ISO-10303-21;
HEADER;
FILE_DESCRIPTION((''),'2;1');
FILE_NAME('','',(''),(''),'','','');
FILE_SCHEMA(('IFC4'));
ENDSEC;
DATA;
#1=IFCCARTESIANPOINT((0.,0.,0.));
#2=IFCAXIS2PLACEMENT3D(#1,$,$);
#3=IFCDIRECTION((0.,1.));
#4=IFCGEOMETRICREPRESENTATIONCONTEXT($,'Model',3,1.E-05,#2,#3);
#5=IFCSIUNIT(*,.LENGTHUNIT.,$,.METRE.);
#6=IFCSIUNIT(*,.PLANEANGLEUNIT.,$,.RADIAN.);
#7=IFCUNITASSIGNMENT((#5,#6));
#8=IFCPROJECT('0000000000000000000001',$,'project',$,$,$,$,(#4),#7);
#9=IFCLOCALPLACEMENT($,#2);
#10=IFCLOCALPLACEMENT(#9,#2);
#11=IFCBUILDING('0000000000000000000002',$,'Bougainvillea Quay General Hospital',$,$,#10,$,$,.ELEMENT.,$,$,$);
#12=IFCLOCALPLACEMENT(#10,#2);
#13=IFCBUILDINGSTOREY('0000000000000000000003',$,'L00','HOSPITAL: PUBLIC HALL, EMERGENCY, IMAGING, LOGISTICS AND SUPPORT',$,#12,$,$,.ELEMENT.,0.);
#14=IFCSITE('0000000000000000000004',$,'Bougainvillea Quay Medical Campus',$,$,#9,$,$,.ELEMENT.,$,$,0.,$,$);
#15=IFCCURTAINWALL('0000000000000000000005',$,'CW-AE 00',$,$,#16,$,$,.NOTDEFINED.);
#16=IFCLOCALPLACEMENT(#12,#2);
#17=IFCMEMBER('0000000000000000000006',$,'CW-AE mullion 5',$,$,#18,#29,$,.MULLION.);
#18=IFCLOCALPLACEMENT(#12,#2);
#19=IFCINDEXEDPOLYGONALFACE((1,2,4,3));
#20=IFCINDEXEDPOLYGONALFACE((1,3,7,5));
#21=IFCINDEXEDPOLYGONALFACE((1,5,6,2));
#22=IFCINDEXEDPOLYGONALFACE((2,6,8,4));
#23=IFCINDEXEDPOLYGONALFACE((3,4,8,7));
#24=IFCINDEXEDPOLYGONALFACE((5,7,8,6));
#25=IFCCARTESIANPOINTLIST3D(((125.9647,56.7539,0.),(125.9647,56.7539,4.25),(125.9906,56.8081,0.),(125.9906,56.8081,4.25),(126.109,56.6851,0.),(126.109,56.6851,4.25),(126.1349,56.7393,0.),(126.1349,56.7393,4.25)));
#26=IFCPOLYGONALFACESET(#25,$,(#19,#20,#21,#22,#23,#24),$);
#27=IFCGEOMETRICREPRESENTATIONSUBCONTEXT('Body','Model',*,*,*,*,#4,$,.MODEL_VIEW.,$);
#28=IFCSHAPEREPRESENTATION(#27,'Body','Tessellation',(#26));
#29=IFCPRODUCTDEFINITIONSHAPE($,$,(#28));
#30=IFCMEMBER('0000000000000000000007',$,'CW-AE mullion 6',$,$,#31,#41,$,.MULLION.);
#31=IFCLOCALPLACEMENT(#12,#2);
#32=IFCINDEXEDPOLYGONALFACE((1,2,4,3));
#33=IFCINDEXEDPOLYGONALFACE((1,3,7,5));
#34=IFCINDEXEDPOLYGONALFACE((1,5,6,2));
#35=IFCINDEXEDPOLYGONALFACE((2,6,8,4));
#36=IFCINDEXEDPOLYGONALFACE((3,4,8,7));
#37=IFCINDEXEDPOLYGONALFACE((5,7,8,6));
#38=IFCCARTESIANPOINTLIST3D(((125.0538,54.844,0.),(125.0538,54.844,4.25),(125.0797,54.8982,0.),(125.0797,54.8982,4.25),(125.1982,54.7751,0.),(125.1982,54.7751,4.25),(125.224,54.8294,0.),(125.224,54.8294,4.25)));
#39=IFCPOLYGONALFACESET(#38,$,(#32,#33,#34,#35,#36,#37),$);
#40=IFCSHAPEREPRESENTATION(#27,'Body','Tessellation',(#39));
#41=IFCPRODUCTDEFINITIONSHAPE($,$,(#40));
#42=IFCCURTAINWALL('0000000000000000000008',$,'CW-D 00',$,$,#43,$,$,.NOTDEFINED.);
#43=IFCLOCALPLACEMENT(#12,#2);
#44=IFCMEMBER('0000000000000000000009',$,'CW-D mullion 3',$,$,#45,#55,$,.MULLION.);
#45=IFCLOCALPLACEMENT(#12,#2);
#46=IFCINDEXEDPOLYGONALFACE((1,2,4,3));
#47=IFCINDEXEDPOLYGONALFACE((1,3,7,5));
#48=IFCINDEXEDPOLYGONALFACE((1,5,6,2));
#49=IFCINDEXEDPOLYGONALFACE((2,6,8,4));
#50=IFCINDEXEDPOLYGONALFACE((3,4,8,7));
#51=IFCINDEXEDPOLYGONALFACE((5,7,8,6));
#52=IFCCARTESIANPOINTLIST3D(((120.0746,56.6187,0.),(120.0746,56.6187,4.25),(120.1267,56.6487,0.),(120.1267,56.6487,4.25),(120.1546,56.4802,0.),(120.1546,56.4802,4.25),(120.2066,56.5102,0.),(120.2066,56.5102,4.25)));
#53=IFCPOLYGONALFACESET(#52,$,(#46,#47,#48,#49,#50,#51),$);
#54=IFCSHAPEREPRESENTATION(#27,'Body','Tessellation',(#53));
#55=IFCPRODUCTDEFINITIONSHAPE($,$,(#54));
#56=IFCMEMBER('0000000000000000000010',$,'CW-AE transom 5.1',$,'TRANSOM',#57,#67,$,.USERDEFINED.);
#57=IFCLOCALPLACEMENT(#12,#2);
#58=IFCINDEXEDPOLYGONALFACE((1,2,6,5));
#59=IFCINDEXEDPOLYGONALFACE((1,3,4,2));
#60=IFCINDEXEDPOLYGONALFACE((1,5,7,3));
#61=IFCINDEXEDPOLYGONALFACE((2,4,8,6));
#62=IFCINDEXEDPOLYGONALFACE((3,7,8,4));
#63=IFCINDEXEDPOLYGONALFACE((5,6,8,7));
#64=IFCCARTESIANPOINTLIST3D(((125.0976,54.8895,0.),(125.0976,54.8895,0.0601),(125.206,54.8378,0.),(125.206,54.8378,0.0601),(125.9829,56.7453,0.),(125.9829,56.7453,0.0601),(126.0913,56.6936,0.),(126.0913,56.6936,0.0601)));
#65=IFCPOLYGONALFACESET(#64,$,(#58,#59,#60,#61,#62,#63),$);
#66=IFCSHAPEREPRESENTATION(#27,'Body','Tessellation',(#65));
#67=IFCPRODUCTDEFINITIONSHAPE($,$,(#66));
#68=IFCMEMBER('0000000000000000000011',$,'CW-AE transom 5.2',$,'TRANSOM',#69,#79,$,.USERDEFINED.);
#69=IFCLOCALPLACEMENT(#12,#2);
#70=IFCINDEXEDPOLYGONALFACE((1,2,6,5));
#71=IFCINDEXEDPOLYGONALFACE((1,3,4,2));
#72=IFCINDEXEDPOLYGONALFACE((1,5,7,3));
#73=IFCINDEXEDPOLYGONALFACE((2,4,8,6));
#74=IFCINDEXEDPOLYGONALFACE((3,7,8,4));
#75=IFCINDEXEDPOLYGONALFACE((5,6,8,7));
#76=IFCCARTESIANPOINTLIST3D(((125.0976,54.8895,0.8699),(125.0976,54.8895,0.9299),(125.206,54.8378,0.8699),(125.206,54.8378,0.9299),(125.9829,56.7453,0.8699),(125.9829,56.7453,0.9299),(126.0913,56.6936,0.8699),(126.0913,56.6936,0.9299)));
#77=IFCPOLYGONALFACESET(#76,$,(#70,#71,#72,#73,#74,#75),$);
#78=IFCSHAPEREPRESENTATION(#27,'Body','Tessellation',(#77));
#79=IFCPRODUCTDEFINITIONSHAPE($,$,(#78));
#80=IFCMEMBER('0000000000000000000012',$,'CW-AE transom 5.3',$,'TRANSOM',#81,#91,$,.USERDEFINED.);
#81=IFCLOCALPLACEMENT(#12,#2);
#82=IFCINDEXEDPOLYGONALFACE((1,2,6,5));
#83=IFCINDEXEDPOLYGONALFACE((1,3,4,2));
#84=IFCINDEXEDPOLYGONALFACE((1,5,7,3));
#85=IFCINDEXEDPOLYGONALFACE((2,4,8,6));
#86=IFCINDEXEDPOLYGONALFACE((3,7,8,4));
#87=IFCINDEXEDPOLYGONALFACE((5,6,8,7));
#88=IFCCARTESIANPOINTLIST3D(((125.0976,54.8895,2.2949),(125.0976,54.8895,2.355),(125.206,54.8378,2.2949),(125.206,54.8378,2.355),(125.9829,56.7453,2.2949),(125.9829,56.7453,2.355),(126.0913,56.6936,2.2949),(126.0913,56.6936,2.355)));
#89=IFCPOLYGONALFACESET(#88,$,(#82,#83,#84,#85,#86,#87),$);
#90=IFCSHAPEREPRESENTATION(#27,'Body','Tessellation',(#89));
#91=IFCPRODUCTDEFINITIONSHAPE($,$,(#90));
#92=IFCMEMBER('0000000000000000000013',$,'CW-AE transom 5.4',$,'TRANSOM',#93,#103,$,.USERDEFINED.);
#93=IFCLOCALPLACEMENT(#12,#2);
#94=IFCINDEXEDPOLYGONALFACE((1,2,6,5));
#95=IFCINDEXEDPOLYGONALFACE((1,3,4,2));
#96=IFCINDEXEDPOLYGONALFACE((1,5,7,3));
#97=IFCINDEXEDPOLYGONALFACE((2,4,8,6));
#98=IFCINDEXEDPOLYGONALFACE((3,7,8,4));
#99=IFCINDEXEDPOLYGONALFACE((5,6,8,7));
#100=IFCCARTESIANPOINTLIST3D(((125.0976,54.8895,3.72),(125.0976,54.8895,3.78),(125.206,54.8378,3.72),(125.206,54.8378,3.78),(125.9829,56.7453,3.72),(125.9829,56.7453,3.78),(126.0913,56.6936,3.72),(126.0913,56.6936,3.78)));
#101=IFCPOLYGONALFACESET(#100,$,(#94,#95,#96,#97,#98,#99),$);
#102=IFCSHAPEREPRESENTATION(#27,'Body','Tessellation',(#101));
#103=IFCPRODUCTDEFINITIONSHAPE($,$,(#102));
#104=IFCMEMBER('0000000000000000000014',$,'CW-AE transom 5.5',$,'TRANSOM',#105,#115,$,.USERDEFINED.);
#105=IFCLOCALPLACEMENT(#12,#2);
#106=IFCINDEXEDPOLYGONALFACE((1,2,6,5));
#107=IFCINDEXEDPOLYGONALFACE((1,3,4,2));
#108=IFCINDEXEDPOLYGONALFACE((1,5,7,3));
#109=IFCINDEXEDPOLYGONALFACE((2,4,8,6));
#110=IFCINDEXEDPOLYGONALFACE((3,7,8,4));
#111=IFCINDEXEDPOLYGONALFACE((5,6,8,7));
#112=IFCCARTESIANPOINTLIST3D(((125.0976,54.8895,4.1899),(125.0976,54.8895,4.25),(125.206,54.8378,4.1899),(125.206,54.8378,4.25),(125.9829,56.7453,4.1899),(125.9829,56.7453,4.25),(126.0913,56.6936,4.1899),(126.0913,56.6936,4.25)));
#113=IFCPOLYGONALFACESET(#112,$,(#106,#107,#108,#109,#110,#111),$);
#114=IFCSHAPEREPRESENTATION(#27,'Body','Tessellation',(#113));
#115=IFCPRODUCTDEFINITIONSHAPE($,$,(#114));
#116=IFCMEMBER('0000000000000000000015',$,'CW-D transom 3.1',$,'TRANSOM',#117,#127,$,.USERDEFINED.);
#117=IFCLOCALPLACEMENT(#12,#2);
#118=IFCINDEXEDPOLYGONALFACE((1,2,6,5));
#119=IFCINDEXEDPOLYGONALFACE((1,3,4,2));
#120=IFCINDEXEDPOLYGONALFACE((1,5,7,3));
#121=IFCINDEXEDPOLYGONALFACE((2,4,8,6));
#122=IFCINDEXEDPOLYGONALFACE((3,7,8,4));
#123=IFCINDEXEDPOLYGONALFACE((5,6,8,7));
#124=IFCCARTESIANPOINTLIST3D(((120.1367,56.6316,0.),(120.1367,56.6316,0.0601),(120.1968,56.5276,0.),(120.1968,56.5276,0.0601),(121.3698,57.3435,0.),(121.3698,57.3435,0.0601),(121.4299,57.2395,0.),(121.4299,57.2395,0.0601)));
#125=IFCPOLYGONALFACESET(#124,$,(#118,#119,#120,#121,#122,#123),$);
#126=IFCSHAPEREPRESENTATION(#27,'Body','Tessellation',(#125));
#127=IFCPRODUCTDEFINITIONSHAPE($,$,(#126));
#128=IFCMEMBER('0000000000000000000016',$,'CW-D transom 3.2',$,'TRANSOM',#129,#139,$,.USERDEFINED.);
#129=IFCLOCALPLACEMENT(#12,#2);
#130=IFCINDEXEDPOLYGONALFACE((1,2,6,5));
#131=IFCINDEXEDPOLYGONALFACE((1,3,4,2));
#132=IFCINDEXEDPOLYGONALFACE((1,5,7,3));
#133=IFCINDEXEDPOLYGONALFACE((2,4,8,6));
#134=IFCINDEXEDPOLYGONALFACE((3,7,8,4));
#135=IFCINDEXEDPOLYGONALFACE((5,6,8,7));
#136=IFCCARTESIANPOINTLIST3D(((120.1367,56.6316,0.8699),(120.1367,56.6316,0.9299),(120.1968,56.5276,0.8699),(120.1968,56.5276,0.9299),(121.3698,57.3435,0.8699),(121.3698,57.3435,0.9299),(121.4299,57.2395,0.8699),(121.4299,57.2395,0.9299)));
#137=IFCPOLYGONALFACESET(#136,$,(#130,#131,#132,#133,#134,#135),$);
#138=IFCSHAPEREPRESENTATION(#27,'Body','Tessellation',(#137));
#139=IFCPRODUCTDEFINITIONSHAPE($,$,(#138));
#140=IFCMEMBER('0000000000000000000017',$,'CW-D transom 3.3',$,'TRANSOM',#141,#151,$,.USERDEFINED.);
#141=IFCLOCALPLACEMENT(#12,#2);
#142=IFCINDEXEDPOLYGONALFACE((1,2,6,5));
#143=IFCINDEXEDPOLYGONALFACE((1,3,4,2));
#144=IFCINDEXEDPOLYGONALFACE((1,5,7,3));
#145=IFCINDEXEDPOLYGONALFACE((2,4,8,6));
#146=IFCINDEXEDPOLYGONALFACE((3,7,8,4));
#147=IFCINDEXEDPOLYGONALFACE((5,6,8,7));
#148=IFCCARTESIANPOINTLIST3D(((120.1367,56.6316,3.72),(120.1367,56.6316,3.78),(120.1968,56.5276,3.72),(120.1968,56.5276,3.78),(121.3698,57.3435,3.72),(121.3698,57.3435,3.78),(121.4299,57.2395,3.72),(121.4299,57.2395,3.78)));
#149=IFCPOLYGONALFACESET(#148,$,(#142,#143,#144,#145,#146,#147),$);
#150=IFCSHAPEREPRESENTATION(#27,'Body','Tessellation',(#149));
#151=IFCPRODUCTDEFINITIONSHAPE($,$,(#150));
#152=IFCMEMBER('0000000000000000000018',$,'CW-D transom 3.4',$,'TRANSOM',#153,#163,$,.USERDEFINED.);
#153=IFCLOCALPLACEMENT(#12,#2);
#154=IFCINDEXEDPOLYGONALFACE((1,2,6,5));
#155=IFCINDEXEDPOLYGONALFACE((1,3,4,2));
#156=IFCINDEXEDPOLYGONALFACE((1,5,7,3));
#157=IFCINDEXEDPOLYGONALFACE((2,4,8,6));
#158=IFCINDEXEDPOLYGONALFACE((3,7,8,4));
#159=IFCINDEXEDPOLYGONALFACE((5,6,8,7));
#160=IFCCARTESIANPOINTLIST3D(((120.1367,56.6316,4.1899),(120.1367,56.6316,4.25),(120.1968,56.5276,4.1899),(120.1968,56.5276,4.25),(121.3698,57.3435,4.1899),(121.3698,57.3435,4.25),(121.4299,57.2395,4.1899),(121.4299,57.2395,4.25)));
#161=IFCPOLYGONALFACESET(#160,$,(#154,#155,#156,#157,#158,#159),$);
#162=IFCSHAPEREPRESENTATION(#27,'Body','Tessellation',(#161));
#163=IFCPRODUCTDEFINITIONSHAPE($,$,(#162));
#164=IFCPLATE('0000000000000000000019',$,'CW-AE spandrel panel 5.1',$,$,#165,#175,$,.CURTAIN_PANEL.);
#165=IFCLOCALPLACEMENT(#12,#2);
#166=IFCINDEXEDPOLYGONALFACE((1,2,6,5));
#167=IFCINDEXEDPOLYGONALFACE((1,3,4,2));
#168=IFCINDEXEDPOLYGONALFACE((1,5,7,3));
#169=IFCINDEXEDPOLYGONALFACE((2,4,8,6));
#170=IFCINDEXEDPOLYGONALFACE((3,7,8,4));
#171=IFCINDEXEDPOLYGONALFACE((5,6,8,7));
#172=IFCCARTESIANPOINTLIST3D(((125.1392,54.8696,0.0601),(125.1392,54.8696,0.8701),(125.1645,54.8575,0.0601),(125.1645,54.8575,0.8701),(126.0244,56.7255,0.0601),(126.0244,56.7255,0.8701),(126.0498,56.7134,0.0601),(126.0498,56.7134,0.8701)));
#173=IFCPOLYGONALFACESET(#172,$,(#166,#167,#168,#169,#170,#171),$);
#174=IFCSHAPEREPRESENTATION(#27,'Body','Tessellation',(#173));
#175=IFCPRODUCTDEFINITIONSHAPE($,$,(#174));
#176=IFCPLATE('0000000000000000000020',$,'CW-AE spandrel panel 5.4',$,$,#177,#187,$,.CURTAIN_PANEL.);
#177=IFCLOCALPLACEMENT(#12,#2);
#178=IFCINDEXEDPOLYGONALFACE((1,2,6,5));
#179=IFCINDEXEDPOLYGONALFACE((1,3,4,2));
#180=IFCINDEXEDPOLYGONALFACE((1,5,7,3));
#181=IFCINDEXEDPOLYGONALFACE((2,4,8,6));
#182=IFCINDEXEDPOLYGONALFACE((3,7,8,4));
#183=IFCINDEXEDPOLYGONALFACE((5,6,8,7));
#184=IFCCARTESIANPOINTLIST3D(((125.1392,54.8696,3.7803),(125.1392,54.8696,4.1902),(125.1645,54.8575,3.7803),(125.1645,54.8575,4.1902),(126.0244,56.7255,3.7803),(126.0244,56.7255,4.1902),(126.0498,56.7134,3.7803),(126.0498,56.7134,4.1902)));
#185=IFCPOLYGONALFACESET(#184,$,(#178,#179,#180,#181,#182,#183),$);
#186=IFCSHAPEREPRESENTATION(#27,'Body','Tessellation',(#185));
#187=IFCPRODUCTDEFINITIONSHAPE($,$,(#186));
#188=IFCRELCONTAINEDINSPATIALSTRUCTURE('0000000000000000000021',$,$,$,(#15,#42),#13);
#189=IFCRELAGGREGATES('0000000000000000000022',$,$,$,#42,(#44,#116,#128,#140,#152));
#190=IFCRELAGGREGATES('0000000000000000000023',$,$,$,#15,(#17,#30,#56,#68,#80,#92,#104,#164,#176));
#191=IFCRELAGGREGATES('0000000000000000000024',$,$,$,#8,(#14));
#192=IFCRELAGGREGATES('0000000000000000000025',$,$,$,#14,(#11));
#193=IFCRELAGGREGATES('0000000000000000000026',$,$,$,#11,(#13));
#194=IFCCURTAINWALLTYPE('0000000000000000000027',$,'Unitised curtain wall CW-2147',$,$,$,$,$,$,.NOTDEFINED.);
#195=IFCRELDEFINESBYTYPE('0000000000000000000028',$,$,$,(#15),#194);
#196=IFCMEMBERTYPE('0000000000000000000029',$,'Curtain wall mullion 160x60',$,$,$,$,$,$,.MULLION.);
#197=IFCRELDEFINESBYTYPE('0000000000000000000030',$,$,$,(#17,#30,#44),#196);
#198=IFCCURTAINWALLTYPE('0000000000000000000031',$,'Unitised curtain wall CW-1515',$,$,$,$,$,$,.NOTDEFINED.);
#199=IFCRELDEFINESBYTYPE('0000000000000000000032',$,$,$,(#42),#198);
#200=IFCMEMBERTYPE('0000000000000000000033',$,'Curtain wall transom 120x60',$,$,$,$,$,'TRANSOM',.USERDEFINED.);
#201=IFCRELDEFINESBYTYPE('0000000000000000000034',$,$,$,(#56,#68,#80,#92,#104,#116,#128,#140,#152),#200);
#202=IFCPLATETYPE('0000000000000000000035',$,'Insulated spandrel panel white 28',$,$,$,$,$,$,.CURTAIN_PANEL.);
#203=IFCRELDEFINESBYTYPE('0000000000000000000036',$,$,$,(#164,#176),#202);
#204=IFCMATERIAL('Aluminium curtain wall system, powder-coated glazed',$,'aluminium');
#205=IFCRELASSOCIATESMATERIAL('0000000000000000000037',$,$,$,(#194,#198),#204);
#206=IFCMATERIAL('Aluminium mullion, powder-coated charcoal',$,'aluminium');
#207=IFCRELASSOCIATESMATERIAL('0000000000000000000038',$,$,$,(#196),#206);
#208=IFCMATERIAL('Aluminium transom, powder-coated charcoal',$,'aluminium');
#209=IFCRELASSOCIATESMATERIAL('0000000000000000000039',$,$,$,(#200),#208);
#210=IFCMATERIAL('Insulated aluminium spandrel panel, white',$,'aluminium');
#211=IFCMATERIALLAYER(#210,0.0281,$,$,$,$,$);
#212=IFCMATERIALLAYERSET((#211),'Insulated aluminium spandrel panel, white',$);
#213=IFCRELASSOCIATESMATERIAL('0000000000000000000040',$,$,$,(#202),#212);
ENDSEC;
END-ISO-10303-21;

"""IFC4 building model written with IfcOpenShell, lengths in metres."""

from ifc_helpers import new_model, si_unit, direction, frame, origin, origin_2d, place, context, subcontext, project, spatial, rectangle, extrude, material, layer, layer_set, material_profile, profile_set, type_object, element, aggregate, save


model = new_model("IFC4")

# Units and contexts
model_context = context("Model", 3, precision=1e-05, world=origin(), true_north=direction((0.0, 1.0)))
body_context = subcontext(model_context, "Body", "Model", "MODEL_VIEW")
ifc_project = project(units=[si_unit("LENGTHUNIT", "METRE"), si_unit("PLANEANGLEUNIT", "RADIAN")], contexts=[model_context])

# Site, building, storey
site_placement = place(None, origin())
site = spatial("IfcSite", under=ifc_project, at=site_placement, Name="Bougainvillea Quay Medical Campus", CompositionType="ELEMENT", RefElevation=0.0)
building_placement = place(site_placement, origin())
building = spatial("IfcBuilding", under=site, at=building_placement, Name="Bougainvillea Quay General Hospital", CompositionType="ELEMENT")
storey_placement = place(building_placement, origin())
storey = spatial("IfcBuildingStorey", under=building, at=storey_placement, Name="L00", Description="HOSPITAL: PUBLIC HALL, EMERGENCY, IMAGING, LOGISTICS AND SUPPORT", CompositionType="ELEMENT", Elevation=0.0)

# Curtain wall, members
ifc_material_1 = material(Name="Aluminium curtain wall system, powder-coated glazed", Category="aluminium")
curtain_wall_type_1 = type_object("IfcCurtainWallType", Name="Unitised curtain wall CW-2147", PredefinedType="NOTDEFINED", material=ifc_material_1)
curtain_wall_1_placement = place(storey_placement, origin())
curtain_wall_1 = element("IfcCurtainWall", 1, at=curtain_wall_1_placement, inside=storey, type_object=curtain_wall_type_1, Name="CW-AE 00", PredefinedType="NOTDEFINED")
ifc_material_2 = material(Name="Aluminium mullion, powder-coated charcoal", Category="aluminium")
ifc_material_profile_1 = material_profile(ifc_material_2, rectangle(XDim=0.1599, YDim=0.0601, at=origin_2d()))
ifc_profile_set_1 = profile_set([ifc_material_profile_1], Name="Aluminium mullion, powder-coated charcoal")
member_type_1 = type_object("IfcMemberType", Name="Curtain wall mullion 160x60", PredefinedType="MULLION", material=ifc_profile_set_1)
member_1_placement = place(storey_placement, frame((126.0498, 56.7466, 0.0), z_axis=(0.0, 0.0, 1.0), x_axis=(0.902576, -0.43053, 0.0)))
member_1 = element("IfcMember", 2, at=member_1_placement, type_object=member_type_1, Name="CW-AE mullion 5", PredefinedType="MULLION", context=body_context, shape_type="SweptSolid", body=[
    extrude(rectangle(XDim=0.1599, YDim=0.0601, at=origin_2d()), origin(), (0.0, 0.0, 1.0), 4.25),
])
member_2_placement = place(storey_placement, frame((125.1389, 54.8367, 0.0), z_axis=(0.0, 0.0, 1.0), x_axis=(0.902576, -0.43053, 0.0)))
member_2 = element("IfcMember", 3, at=member_2_placement, type_object=member_type_1, Name="CW-AE mullion 6", PredefinedType="MULLION", context=body_context, shape_type="SweptSolid", body=[
    extrude(rectangle(XDim=0.1599, YDim=0.0601, at=origin_2d()), origin(), (0.0, 0.0, 1.0), 4.25),
])

# Curtain wall, member
curtain_wall_type_2 = type_object("IfcCurtainWallType", Name="Unitised curtain wall CW-1515", PredefinedType="NOTDEFINED", material=ifc_material_1)
curtain_wall_2_placement = place(storey_placement, origin())
curtain_wall_2 = element("IfcCurtainWall", 4, at=curtain_wall_2_placement, inside=storey, type_object=curtain_wall_type_2, Name="CW-D 00", PredefinedType="NOTDEFINED")
member_3_placement = place(storey_placement, frame((120.1406, 56.5645, 0.0), z_axis=(0.0, 0.0, 1.0), x_axis=(-0.499965, 0.866046, 0.0)))
member_3 = element("IfcMember", 5, at=member_3_placement, type_object=member_type_1, Name="CW-D mullion 3", PredefinedType="MULLION", context=body_context, shape_type="SweptSolid", body=[
    extrude(rectangle(XDim=0.1599, YDim=0.0601, at=origin_2d()), origin(), (0.0, 0.0, 1.0), 4.25),
])

# Members
ifc_material_3 = material(Name="Aluminium transom, powder-coated charcoal", Category="aluminium")
ifc_material_profile_2 = material_profile(ifc_material_3, rectangle(XDim=0.1201, YDim=0.0601, at=origin_2d()))
ifc_profile_set_2 = profile_set([ifc_material_profile_2], Name="Aluminium transom, powder-coated charcoal")
member_type_2 = type_object("IfcMemberType", Name="Curtain wall transom 120x60", ElementType="TRANSOM", PredefinedType="USERDEFINED", material=ifc_profile_set_2)
member_4_placement = place(storey_placement, frame((126.0371, 56.7195, 0.03), z_axis=(-0.43056, -0.902562, 0.0), x_axis=(0.902562, -0.43056, 0.0)))
member_4 = element("IfcMember", 6, at=member_4_placement, type_object=member_type_2, Name="CW-AE transom 5.1", ObjectType="TRANSOM", PredefinedType="USERDEFINED", context=body_context, shape_type="SweptSolid", body=[
    extrude(rectangle(XDim=0.1201, YDim=0.0601, at=origin_2d()), origin(), (0.0, 0.0, 1.0), 2.0562),
])
member_5_placement = place(storey_placement, frame((126.0371, 56.7195, 0.8999), z_axis=(-0.43056, -0.902562, 0.0), x_axis=(0.902562, -0.43056, 0.0)))
member_5 = element("IfcMember", 7, at=member_5_placement, type_object=member_type_2, Name="CW-AE transom 5.2", ObjectType="TRANSOM", PredefinedType="USERDEFINED", context=body_context, shape_type="SweptSolid", body=[
    extrude(rectangle(XDim=0.1201, YDim=0.0601, at=origin_2d()), origin(), (0.0, 0.0, 1.0), 2.0562),
])
member_6_placement = place(storey_placement, frame((126.0371, 56.7195, 2.325), z_axis=(-0.43056, -0.902562, 0.0), x_axis=(0.902562, -0.43056, 0.0)))
member_6 = element("IfcMember", 8, at=member_6_placement, type_object=member_type_2, Name="CW-AE transom 5.3", ObjectType="TRANSOM", PredefinedType="USERDEFINED", context=body_context, shape_type="SweptSolid", body=[
    extrude(rectangle(XDim=0.1201, YDim=0.0601, at=origin_2d()), origin(), (0.0, 0.0, 1.0), 2.0562),
])
member_7_placement = place(storey_placement, frame((126.0371, 56.7195, 3.75), z_axis=(-0.43056, -0.902562, 0.0), x_axis=(0.902562, -0.43056, 0.0)))
member_7 = element("IfcMember", 9, at=member_7_placement, type_object=member_type_2, Name="CW-AE transom 5.4", ObjectType="TRANSOM", PredefinedType="USERDEFINED", context=body_context, shape_type="SweptSolid", body=[
    extrude(rectangle(XDim=0.1201, YDim=0.0601, at=origin_2d()), origin(), (0.0, 0.0, 1.0), 2.0562),
])
member_8_placement = place(storey_placement, frame((126.0371, 56.7195, 4.22), z_axis=(-0.43056, -0.902562, 0.0), x_axis=(0.902562, -0.43056, 0.0)))
member_8 = element("IfcMember", 10, at=member_8_placement, type_object=member_type_2, Name="CW-AE transom 5.5", ObjectType="TRANSOM", PredefinedType="USERDEFINED", context=body_context, shape_type="SweptSolid", body=[
    extrude(rectangle(XDim=0.1201, YDim=0.0601, at=origin_2d()), origin(), (0.0, 0.0, 1.0), 2.0562),
])
member_9_placement = place(storey_placement, frame((120.1667, 56.5796, 0.03), z_axis=(0.86604, 0.499975, 0.0), x_axis=(-0.499975, 0.86604, 0.0)))
member_9 = element("IfcMember", 11, at=member_9_placement, type_object=member_type_2, Name="CW-D transom 3.1", ObjectType="TRANSOM", PredefinedType="USERDEFINED", context=body_context, shape_type="SweptSolid", body=[
    extrude(rectangle(XDim=0.1201, YDim=0.0601, at=origin_2d()), origin(), (0.0, 0.0, 1.0), 1.4238),
])
member_10_placement = place(storey_placement, frame((120.1667, 56.5796, 0.8999), z_axis=(0.86604, 0.499975, 0.0), x_axis=(-0.499975, 0.86604, 0.0)))
member_10 = element("IfcMember", 12, at=member_10_placement, type_object=member_type_2, Name="CW-D transom 3.2", ObjectType="TRANSOM", PredefinedType="USERDEFINED", context=body_context, shape_type="SweptSolid", body=[
    extrude(rectangle(XDim=0.1201, YDim=0.0601, at=origin_2d()), origin(), (0.0, 0.0, 1.0), 1.4238),
])
member_11_placement = place(storey_placement, frame((120.1667, 56.5796, 3.75), z_axis=(0.86604, 0.499975, 0.0), x_axis=(-0.499975, 0.86604, 0.0)))
member_11 = element("IfcMember", 13, at=member_11_placement, type_object=member_type_2, Name="CW-D transom 3.3", ObjectType="TRANSOM", PredefinedType="USERDEFINED", context=body_context, shape_type="SweptSolid", body=[
    extrude(rectangle(XDim=0.1201, YDim=0.0601, at=origin_2d()), origin(), (0.0, 0.0, 1.0), 1.4238),
])
member_12_placement = place(storey_placement, frame((120.1667, 56.5796, 4.22), z_axis=(0.86604, 0.499975, 0.0), x_axis=(-0.499975, 0.86604, 0.0)))
member_12 = element("IfcMember", 14, at=member_12_placement, type_object=member_type_2, Name="CW-D transom 3.4", ObjectType="TRANSOM", PredefinedType="USERDEFINED", context=body_context, shape_type="SweptSolid", body=[
    extrude(rectangle(XDim=0.1201, YDim=0.0601, at=origin_2d()), origin(), (0.0, 0.0, 1.0), 1.4238),
])

# Plates
ifc_material_4 = material(Name="Insulated aluminium spandrel panel, white", Category="aluminium")
ifc_layer_1 = layer(ifc_material_4, 0.0281)
ifc_layer_set_1 = layer_set([ifc_layer_1], Name="Insulated aluminium spandrel panel, white")
plate_type_1 = type_object("IfcPlateType", Name="Insulated spandrel panel white 28", PredefinedType="CURTAIN_PANEL", material=ifc_layer_set_1)
plate_1_placement = place(storey_placement, frame((125.5945, 55.7915, 0.0601), z_axis=(0.0, 0.0, 1.0), x_axis=(-0.43053, -0.902576, 0.0)))
plate_1 = element("IfcPlate", 15, at=plate_1_placement, type_object=plate_type_1, Name="CW-AE spandrel panel 5.1", PredefinedType="CURTAIN_PANEL", context=body_context, shape_type="SweptSolid", body=[
    extrude(rectangle(XDim=2.0562, YDim=0.0281, at=origin_2d()), origin(), (0.0, 0.0, 1.0), 0.8101),
])
plate_2_placement = place(storey_placement, frame((125.5945, 55.7915, 3.7803), z_axis=(0.0, 0.0, 1.0), x_axis=(-0.43053, -0.902576, 0.0)))
plate_2 = element("IfcPlate", 16, at=plate_2_placement, type_object=plate_type_1, Name="CW-AE spandrel panel 5.4", PredefinedType="CURTAIN_PANEL", context=body_context, shape_type="SweptSolid", body=[
    extrude(rectangle(XDim=2.0562, YDim=0.0281, at=origin_2d()), origin(), (0.0, 0.0, 1.0), 0.4099),
])
aggregate(curtain_wall_2, [member_3, member_9, member_10, member_11, member_12])
aggregate(curtain_wall_1, [member_1, member_2, member_4, member_5, member_6, member_7, member_8, plate_1, plate_2])

save(model, "model.ifc")
